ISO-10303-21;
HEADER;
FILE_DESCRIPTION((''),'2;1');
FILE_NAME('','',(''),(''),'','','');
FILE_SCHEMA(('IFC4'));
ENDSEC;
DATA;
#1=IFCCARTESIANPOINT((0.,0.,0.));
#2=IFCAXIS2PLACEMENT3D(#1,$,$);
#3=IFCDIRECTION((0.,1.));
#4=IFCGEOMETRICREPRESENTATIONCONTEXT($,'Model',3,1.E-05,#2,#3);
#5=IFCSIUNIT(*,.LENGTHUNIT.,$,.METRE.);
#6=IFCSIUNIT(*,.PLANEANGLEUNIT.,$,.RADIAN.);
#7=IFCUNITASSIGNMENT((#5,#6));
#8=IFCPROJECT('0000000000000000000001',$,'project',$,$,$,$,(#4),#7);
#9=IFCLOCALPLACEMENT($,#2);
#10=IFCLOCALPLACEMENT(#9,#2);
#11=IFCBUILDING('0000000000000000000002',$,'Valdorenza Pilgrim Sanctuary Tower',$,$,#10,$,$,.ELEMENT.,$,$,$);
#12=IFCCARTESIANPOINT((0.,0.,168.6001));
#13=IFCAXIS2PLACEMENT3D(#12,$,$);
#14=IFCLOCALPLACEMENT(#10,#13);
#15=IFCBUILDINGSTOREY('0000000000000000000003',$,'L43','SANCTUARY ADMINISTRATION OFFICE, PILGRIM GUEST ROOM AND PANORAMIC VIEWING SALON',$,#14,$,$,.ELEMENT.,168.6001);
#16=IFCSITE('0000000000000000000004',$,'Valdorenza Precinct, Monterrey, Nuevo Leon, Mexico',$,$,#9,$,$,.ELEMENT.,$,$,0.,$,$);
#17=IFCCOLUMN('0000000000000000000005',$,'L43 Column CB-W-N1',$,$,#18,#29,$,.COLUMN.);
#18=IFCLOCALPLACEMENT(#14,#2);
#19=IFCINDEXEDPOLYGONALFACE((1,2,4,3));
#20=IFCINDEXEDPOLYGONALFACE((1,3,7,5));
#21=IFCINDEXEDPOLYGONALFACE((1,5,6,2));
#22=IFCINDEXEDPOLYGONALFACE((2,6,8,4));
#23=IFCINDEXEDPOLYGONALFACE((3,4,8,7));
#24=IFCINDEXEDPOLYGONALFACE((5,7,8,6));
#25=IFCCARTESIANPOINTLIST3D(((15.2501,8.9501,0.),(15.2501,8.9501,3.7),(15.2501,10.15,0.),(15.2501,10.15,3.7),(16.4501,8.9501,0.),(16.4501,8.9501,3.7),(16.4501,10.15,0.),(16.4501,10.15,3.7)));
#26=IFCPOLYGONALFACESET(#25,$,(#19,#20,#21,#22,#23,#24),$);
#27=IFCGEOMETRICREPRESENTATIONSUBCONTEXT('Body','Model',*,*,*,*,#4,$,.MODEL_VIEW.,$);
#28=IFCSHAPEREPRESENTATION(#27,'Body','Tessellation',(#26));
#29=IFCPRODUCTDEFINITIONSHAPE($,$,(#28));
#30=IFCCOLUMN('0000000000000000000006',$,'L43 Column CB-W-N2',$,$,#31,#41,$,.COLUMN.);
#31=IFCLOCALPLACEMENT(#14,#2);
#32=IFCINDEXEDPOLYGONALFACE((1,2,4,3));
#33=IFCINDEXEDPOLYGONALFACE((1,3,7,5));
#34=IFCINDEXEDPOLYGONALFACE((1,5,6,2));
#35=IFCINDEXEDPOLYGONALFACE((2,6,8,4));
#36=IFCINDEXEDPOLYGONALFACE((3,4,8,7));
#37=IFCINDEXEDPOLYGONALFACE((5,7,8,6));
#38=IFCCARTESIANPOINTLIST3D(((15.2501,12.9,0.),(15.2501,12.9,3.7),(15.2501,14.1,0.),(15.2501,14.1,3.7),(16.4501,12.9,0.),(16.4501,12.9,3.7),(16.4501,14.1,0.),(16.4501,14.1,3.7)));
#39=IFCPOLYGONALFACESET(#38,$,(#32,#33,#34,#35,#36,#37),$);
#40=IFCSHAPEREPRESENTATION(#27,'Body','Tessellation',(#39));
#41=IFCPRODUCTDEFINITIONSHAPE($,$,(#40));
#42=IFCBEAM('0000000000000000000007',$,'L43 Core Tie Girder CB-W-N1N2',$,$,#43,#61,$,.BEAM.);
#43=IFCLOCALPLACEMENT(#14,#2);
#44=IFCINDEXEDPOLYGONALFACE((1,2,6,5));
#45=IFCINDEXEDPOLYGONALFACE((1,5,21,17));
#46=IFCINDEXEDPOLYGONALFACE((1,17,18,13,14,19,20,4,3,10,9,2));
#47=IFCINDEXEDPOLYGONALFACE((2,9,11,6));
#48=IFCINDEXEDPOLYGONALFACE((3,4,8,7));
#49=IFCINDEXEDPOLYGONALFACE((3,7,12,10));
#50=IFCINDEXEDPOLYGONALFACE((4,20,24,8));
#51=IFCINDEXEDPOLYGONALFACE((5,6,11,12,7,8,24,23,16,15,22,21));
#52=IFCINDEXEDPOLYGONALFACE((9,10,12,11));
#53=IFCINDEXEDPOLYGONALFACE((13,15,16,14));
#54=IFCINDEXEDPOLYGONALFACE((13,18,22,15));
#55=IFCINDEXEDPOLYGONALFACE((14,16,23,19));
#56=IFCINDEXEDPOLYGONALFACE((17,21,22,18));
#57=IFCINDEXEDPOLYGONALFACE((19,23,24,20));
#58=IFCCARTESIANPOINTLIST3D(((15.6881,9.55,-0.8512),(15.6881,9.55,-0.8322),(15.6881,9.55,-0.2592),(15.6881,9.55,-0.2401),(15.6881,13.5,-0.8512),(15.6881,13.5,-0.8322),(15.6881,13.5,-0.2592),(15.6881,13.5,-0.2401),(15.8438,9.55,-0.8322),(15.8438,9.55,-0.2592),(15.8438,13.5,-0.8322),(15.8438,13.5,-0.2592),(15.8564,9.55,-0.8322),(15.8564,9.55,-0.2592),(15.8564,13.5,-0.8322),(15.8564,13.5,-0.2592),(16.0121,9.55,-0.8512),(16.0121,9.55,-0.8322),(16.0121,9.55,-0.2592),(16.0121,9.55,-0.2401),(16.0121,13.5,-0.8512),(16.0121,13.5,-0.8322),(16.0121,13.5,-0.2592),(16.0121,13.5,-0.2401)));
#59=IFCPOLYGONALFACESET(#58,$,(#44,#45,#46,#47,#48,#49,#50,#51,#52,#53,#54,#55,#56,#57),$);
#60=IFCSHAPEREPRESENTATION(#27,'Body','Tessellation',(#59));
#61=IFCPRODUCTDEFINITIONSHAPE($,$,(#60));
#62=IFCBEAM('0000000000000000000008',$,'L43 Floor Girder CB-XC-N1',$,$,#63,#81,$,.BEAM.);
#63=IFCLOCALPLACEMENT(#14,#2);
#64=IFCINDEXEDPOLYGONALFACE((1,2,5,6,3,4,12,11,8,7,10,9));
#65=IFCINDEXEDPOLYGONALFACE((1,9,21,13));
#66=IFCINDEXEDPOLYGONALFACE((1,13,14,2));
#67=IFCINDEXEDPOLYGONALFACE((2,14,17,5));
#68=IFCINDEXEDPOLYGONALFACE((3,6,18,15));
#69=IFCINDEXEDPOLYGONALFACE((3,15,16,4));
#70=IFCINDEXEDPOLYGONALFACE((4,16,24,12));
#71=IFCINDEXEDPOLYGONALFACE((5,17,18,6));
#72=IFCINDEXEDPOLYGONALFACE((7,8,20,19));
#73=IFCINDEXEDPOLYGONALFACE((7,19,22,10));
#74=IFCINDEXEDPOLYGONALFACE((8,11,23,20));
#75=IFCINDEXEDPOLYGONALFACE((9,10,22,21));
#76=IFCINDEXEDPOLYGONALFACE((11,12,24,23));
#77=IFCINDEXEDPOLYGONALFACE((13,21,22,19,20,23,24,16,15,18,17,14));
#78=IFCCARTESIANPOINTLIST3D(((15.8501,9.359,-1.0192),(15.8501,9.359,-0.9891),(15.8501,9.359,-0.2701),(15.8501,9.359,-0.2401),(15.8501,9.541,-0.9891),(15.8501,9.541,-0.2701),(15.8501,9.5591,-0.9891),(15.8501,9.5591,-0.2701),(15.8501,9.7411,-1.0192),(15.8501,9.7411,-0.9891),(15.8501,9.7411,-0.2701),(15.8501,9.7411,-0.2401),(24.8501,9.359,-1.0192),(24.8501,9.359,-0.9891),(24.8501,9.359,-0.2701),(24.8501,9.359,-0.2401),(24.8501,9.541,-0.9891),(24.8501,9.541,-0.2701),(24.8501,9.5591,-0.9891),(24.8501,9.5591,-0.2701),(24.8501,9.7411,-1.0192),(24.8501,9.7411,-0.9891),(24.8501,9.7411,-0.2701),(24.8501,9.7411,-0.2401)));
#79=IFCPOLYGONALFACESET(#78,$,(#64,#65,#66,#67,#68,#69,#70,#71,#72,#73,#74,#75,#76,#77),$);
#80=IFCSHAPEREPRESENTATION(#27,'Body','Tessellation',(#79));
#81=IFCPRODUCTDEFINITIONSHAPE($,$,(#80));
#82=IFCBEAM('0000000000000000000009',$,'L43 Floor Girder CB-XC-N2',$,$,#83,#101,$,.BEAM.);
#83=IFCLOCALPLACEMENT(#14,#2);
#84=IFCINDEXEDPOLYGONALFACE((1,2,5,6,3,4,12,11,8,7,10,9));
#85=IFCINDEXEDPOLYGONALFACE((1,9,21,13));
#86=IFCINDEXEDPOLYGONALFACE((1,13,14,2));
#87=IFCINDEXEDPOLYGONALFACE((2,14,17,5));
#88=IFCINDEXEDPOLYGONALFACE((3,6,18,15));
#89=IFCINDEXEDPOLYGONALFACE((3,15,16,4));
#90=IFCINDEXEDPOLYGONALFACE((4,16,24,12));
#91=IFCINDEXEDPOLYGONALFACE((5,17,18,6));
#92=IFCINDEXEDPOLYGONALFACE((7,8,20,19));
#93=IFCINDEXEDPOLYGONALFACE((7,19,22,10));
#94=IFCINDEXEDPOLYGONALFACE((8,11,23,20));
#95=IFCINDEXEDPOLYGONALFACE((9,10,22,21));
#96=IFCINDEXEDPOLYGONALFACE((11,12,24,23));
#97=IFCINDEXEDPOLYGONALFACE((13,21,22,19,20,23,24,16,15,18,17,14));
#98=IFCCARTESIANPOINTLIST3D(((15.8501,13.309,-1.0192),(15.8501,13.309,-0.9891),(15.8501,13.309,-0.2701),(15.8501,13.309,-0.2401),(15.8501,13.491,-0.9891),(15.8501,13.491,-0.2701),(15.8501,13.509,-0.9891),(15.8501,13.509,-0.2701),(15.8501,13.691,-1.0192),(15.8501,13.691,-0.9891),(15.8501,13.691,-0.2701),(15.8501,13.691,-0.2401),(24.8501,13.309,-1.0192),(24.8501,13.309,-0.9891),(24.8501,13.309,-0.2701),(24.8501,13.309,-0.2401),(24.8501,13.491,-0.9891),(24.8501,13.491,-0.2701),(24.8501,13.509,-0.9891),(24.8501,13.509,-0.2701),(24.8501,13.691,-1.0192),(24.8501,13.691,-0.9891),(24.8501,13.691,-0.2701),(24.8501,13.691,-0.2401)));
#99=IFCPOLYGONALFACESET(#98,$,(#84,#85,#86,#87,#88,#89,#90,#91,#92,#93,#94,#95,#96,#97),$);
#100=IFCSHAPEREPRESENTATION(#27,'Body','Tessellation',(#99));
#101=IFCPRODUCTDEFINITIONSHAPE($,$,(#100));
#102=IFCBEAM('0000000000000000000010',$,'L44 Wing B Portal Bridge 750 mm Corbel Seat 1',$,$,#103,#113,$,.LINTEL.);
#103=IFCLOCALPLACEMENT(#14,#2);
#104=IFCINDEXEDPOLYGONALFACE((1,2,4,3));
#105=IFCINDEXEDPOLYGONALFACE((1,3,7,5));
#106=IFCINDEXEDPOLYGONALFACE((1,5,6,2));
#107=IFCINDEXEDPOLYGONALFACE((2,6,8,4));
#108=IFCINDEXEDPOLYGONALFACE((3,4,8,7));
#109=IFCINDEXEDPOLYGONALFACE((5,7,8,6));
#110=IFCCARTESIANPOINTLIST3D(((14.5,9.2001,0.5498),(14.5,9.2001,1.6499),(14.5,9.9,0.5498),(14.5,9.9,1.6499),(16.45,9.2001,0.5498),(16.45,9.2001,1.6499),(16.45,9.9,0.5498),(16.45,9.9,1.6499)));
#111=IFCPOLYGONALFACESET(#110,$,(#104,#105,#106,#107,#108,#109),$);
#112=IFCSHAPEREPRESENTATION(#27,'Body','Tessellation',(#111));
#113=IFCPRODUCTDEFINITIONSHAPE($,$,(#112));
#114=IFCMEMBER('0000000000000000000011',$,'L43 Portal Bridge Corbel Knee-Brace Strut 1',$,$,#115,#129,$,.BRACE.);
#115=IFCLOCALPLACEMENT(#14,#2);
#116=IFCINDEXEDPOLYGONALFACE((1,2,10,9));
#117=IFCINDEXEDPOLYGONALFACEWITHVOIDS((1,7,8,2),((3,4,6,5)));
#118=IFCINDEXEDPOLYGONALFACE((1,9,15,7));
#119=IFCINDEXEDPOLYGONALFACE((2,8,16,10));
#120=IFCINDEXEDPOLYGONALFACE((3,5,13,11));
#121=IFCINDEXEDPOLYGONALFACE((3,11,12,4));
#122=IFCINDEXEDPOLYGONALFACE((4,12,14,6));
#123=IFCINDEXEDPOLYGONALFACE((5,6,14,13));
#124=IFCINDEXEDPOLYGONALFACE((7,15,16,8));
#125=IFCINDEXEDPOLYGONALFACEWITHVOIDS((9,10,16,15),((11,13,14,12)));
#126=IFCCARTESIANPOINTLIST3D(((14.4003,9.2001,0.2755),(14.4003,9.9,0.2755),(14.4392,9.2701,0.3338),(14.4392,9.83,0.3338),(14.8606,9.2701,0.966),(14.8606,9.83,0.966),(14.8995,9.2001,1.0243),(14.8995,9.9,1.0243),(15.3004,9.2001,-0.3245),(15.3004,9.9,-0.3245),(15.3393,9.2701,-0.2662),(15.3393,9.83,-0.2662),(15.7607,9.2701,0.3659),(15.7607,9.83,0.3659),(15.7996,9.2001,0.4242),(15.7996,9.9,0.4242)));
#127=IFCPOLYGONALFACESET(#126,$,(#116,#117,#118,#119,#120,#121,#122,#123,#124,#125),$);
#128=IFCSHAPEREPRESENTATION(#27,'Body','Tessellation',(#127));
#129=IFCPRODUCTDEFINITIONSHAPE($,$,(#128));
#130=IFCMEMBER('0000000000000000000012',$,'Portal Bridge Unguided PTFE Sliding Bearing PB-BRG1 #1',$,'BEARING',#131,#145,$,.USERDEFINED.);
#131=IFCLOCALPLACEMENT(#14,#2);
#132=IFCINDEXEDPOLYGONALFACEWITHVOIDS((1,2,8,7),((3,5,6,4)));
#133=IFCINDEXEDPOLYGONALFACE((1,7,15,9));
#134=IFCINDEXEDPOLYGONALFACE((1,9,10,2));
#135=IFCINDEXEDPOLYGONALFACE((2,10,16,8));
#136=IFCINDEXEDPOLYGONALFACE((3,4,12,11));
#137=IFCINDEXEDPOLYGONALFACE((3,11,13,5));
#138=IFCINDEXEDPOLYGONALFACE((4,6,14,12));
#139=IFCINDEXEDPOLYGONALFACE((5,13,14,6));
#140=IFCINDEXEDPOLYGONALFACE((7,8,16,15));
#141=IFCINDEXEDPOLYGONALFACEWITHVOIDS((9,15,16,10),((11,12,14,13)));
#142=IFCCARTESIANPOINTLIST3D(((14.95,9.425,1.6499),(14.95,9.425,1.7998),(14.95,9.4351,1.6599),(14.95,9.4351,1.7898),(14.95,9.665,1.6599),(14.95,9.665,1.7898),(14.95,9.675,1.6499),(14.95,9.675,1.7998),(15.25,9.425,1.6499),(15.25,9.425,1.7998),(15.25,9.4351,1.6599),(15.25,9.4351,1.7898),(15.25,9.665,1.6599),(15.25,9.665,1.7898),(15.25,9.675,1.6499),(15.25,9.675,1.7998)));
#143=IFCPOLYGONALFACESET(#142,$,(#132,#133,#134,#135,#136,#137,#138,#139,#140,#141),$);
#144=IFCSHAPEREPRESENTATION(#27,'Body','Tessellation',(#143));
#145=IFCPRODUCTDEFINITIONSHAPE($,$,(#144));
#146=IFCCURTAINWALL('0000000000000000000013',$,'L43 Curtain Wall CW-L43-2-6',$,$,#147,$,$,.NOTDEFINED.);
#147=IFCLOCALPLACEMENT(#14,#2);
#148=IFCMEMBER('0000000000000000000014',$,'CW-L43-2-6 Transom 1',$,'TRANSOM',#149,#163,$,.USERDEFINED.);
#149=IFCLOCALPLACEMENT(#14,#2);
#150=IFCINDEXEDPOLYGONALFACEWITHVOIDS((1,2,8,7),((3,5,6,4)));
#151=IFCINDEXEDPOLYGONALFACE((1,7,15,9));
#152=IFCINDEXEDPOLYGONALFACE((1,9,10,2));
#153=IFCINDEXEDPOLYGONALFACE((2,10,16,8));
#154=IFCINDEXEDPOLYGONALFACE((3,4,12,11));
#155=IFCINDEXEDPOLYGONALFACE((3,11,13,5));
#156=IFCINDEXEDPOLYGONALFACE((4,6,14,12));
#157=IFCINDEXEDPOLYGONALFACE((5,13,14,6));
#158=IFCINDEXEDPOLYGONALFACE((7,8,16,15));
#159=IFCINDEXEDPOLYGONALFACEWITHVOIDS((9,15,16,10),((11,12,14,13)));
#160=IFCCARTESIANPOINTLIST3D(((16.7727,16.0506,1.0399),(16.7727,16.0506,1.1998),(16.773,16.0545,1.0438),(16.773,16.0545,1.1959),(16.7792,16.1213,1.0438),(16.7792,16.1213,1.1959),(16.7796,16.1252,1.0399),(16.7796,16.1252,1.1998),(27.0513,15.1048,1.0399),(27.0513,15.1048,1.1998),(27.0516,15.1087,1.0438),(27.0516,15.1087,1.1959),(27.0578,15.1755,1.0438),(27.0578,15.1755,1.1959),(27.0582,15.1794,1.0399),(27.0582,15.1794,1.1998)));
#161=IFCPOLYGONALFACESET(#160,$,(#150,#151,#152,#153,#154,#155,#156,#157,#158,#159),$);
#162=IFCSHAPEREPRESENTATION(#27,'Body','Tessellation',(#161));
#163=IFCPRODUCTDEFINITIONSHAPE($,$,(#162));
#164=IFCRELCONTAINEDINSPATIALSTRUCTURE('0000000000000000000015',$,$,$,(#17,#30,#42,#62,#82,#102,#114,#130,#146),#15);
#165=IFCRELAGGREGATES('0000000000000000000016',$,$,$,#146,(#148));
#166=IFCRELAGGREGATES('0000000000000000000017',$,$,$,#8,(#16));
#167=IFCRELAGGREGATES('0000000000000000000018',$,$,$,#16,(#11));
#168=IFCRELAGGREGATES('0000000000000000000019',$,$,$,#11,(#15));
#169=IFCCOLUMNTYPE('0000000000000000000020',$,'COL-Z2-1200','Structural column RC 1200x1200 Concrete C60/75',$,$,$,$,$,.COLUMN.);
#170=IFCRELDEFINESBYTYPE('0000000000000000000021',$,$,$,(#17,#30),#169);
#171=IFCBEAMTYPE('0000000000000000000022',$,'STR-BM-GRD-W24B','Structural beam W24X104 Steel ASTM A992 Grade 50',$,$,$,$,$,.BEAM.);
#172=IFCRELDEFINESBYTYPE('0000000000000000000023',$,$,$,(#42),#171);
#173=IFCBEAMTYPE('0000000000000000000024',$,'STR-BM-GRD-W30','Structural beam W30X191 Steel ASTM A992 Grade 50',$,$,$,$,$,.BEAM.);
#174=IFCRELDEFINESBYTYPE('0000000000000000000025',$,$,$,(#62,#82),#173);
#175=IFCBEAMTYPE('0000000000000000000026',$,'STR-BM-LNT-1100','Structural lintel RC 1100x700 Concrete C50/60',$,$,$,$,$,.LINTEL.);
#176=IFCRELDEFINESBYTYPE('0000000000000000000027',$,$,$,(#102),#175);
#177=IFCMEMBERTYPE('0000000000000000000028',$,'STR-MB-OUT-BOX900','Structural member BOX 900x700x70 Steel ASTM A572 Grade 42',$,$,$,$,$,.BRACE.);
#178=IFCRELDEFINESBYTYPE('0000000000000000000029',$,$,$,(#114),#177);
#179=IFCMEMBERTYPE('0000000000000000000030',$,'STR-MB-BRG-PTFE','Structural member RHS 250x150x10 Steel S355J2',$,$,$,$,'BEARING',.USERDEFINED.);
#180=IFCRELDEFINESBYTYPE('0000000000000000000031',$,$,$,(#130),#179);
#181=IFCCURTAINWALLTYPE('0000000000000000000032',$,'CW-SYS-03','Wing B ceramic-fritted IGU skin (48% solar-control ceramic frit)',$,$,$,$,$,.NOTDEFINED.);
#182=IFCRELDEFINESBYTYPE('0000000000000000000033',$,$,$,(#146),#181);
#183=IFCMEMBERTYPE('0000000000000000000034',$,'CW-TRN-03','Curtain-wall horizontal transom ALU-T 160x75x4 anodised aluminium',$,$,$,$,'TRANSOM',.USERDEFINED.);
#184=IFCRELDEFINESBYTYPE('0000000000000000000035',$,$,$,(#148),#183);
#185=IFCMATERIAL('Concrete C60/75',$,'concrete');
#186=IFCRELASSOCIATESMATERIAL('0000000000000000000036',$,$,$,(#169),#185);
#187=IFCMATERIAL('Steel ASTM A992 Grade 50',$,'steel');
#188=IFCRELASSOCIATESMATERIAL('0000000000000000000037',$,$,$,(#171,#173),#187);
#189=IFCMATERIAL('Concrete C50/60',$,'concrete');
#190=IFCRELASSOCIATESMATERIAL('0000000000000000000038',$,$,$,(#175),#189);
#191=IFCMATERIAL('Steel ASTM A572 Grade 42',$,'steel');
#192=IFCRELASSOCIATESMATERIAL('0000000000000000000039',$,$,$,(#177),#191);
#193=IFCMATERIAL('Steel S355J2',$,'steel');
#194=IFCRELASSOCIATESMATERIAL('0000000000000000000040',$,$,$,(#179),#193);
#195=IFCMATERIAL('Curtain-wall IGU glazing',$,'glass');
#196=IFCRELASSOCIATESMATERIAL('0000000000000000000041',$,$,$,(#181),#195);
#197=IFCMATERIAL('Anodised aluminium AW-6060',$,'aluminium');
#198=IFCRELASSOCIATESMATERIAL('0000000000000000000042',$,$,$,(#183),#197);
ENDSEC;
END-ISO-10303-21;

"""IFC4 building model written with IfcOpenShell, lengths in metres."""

from ifc_helpers import new_model, si_unit, direction, frame, origin, origin_2d, place, context, subcontext, project, spatial, rectangle, hollow_rectangle, i_section, extrude, source, transform, mapped, material, material_profile, profile_set, type_object, element, aggregate, save


model = new_model("IFC4")

# Units and contexts
model_context = context("Model", 3, precision=1e-05, world=origin(), true_north=direction((0.0, 1.0)))
body_context = subcontext(model_context, "Body", "Model", "MODEL_VIEW")
ifc_project = project(units=[si_unit("LENGTHUNIT", "METRE"), si_unit("PLANEANGLEUNIT", "RADIAN")], contexts=[model_context])

# Site, building, storey
site_placement = place(None, origin())
site = spatial("IfcSite", under=ifc_project, at=site_placement, Name="Valdorenza Precinct, Monterrey, Nuevo Leon, Mexico", CompositionType="ELEMENT", RefElevation=0.0)
building_placement = place(site_placement, origin())
building = spatial("IfcBuilding", under=site, at=building_placement, Name="Valdorenza Pilgrim Sanctuary Tower", CompositionType="ELEMENT")
storey_placement = place(building_placement, frame((0.0, 0.0, 168.6001)))
storey = spatial("IfcBuildingStorey", under=building, at=storey_placement, Name="L43", Description="SANCTUARY ADMINISTRATION OFFICE, PILGRIM GUEST ROOM AND PANORAMIC VIEWING SALON", CompositionType="ELEMENT", Elevation=168.6001)

# Columns
ifc_material_1 = material(Name="Concrete C60/75", Category="concrete")
ifc_material_profile_1 = material_profile(ifc_material_1, rectangle(XDim=1.2, YDim=1.2, at=origin_2d()), Name="RC 1200x1200")
ifc_profile_set_1 = profile_set([ifc_material_profile_1], Name="Concrete C60/75")
column_type = type_object("IfcColumnType", Name="COL-Z2-1200", Description="Structural column RC 1200x1200 Concrete C60/75", PredefinedType="COLUMN", material=ifc_profile_set_1)
shared_shape_1 = source(origin(), body_context, "Body", "SweptSolid", [
    extrude(rectangle(XDim=1.2, YDim=1.2, at=origin_2d()), origin(), (0.0, 0.0, 1.0), 3.7),
])
for number, where, z_axis, x_axis, name in (
    (1, (15.8501, 9.55, 0.0), (0.0, 0.0, 1.0), (1.0, 0.0, 0.0), "L43 Column CB-W-N1"),
    (2, (15.8501, 13.5, 0.0), (0.0, 0.0, 1.0), (1.0, 0.0, 0.0), "L43 Column CB-W-N2"),
):
    element("IfcColumn", number, at=place(storey_placement, frame(where, z_axis=z_axis, x_axis=x_axis)), inside=storey, type_object=column_type, Name=name, PredefinedType="COLUMN", context=body_context, shape_type="MappedRepresentation", body=[
        mapped(shared_shape_1, transform((0.0, 0.0, 0.0), x_axis=(1.0, 0.0, 0.0), y_axis=(0.0, 1.0, 0.0), z_axis=(0.0, 0.0, 1.0), scale=1.0)),
    ])

# Beams
ifc_material_2 = material(Name="Steel ASTM A992 Grade 50", Category="steel")
ifc_material_profile_2 = material_profile(ifc_material_2, i_section(OverallWidth=0.324, OverallDepth=0.6111, WebThickness=0.0127, FlangeThickness=0.019, at=origin_2d()), Name="W24X104")
ifc_profile_set_2 = profile_set([ifc_material_profile_2], Name="Steel ASTM A992 Grade 50")
beam_type_1 = type_object("IfcBeamType", Name="STR-BM-GRD-W24B", Description="Structural beam W24X104 Steel ASTM A992 Grade 50", PredefinedType="BEAM", material=ifc_profile_set_2)
shared_shape_2 = source(origin(), body_context, "Body", "SweptSolid", [
    extrude(i_section(OverallWidth=0.324, OverallDepth=0.6111, WebThickness=0.0127, FlangeThickness=0.019, at=origin_2d()), origin(), (0.0, 0.0, 1.0), 3.95),
])
beam_1_placement = place(storey_placement, frame((15.8501, 9.55, -0.5457), z_axis=(0.0, 1.0, 0.0), x_axis=(-1.0, 0.0, 0.0)))
element("IfcBeam", 3, at=beam_1_placement, inside=storey, type_object=beam_type_1, Name="L43 Core Tie Girder CB-W-N1N2", PredefinedType="BEAM", context=body_context, shape_type="MappedRepresentation", body=[
    mapped(shared_shape_2, transform((0.0, 0.0, 0.0), x_axis=(1.0, 0.0, 0.0), y_axis=(0.0, 1.0, 0.0), z_axis=(0.0, 0.0, 1.0), scale=1.0)),
])
ifc_material_profile_3 = material_profile(ifc_material_2, i_section(OverallWidth=0.3821, OverallDepth=0.7791, WebThickness=0.0181, FlangeThickness=0.03, at=origin_2d()), Name="W30X191")
ifc_profile_set_3 = profile_set([ifc_material_profile_3], Name="Steel ASTM A992 Grade 50")
beam_type_2 = type_object("IfcBeamType", Name="STR-BM-GRD-W30", Description="Structural beam W30X191 Steel ASTM A992 Grade 50", PredefinedType="BEAM", material=ifc_profile_set_3)
shared_shape_3 = source(origin(), body_context, "Body", "SweptSolid", [
    extrude(i_section(OverallWidth=0.3821, OverallDepth=0.7791, WebThickness=0.0181, FlangeThickness=0.03, at=origin_2d()), origin(), (0.0, 0.0, 1.0), 9.0),
])
for number, where, z_axis, x_axis, name in (
    (4, (15.8501, 9.55, -0.6296), (1.0, 0.0, 0.0), (0.0, 1.0, 0.0), "L43 Floor Girder CB-XC-N1"),
    (5, (15.8501, 13.5, -0.6296), (1.0, 0.0, 0.0), (0.0, 1.0, 0.0), "L43 Floor Girder CB-XC-N2"),
):
    element("IfcBeam", number, at=place(storey_placement, frame(where, z_axis=z_axis, x_axis=x_axis)), inside=storey, type_object=beam_type_2, Name=name, PredefinedType="BEAM", context=body_context, shape_type="MappedRepresentation", body=[
        mapped(shared_shape_3, transform((0.0, 0.0, 0.0), x_axis=(1.0, 0.0, 0.0), y_axis=(0.0, 1.0, 0.0), z_axis=(0.0, 0.0, 1.0), scale=1.0)),
    ])
ifc_material_3 = material(Name="Concrete C50/60", Category="concrete")
ifc_material_profile_4 = material_profile(ifc_material_3, rectangle(XDim=0.7, YDim=1.1001, at=origin_2d()), Name="RC 1100x700")
ifc_profile_set_4 = profile_set([ifc_material_profile_4], Name="Concrete C50/60")
beam_type_3 = type_object("IfcBeamType", Name="STR-BM-LNT-1100", Description="Structural lintel RC 1100x700 Concrete C50/60", PredefinedType="LINTEL", material=ifc_profile_set_4)
shared_shape_4 = source(origin(), body_context, "Body", "SweptSolid", [
    extrude(rectangle(XDim=0.7, YDim=1.1001, at=origin_2d()), origin(), (0.0, 0.0, 1.0), 1.95),
])
beam_2_placement = place(storey_placement, frame((14.5, 9.55, 1.0999), z_axis=(1.0, 0.0, 0.0), x_axis=(0.0, 1.0, 0.0)))
element("IfcBeam", 6, at=beam_2_placement, inside=storey, type_object=beam_type_3, Name="L44 Wing B Portal Bridge 750 mm Corbel Seat 1", PredefinedType="LINTEL", context=body_context, shape_type="MappedRepresentation", body=[
    mapped(shared_shape_4, transform((0.0, 0.0, 0.0), x_axis=(1.0, 0.0, 0.0), y_axis=(0.0, 1.0, 0.0), z_axis=(0.0, 0.0, 1.0), scale=1.0)),
])

# Members
ifc_material_4 = material(Name="Steel ASTM A572 Grade 42", Category="steel")
ifc_material_profile_5 = material_profile(ifc_material_4, hollow_rectangle(XDim=0.7, YDim=0.8999, WallThickness=0.0701, at=origin_2d()), Name="BOX 900x700x70")
ifc_profile_set_5 = profile_set([ifc_material_profile_5], Name="Steel ASTM A572 Grade 42")
member_type_1 = type_object("IfcMemberType", Name="STR-MB-OUT-BOX900", Description="Structural member BOX 900x700x70 Steel ASTM A572 Grade 42", PredefinedType="BRACE", material=ifc_profile_set_5)
shared_shape_5 = source(origin(), body_context, "Body", "SweptSolid", [
    extrude(hollow_rectangle(XDim=0.7, YDim=0.8999, WallThickness=0.0701, at=origin_2d()), origin(), (0.0, 0.0, 1.0), 1.0818),
])
member_1_placement = place(storey_placement, frame((14.6499, 9.55, 0.6499), z_axis=(0.83205, 0.0, -0.5547), x_axis=(0.0, 1.0, 0.0)))
element("IfcMember", 7, at=member_1_placement, inside=storey, type_object=member_type_1, Name="L43 Portal Bridge Corbel Knee-Brace Strut 1", PredefinedType="BRACE", context=body_context, shape_type="MappedRepresentation", body=[
    mapped(shared_shape_5, transform((0.0, 0.0, 0.0), x_axis=(1.0, 0.0, 0.0), y_axis=(0.0, 1.0, 0.0), z_axis=(0.0, 0.0, 1.0), scale=1.0)),
])
ifc_material_5 = material(Name="Steel S355J2", Category="steel")
ifc_material_profile_6 = material_profile(ifc_material_5, hollow_rectangle(XDim=0.1499, YDim=0.25, WallThickness=0.01, at=origin_2d()), Name="RHS 250x150x10")
ifc_profile_set_6 = profile_set([ifc_material_profile_6], Name="Steel S355J2")
member_type_2 = type_object("IfcMemberType", Name="STR-MB-BRG-PTFE", Description="Structural member RHS 250x150x10 Steel S355J2", ElementType="BEARING", PredefinedType="USERDEFINED", material=ifc_profile_set_6)
shared_shape_6 = source(origin(), body_context, "Body", "SweptSolid", [
    extrude(hollow_rectangle(XDim=0.1499, YDim=0.25, WallThickness=0.01, at=origin_2d()), origin(), (0.0, 0.0, 1.0), 0.3),
])
member_2_placement = place(storey_placement, frame((14.95, 9.55, 1.7249), z_axis=(1.0, 0.0, 0.0), x_axis=(0.0, 0.0, 1.0)))
element("IfcMember", 8, at=member_2_placement, inside=storey, type_object=member_type_2, Name="Portal Bridge Unguided PTFE Sliding Bearing PB-BRG1 #1", ObjectType="BEARING", PredefinedType="USERDEFINED", context=body_context, shape_type="MappedRepresentation", body=[
    mapped(shared_shape_6, transform((0.0, 0.0, 0.0), x_axis=(1.0, 0.0, 0.0), y_axis=(0.0, 1.0, 0.0), z_axis=(0.0, 0.0, 1.0), scale=1.0)),
])

# Curtain wall, member
ifc_material_6 = material(Name="Curtain-wall IGU glazing", Category="glass")
curtain_wall_type = type_object("IfcCurtainWallType", Name="CW-SYS-03", Description="Wing B ceramic-fritted IGU skin (48% solar-control ceramic frit)", PredefinedType="NOTDEFINED", material=ifc_material_6)
curtain_wall_1_placement = place(storey_placement, origin())
curtain_wall_1 = element("IfcCurtainWall", 9, at=curtain_wall_1_placement, inside=storey, type_object=curtain_wall_type, Name="L43 Curtain Wall CW-L43-2-6", PredefinedType="NOTDEFINED")
ifc_material_7 = material(Name="Anodised aluminium AW-6060", Category="aluminium")
ifc_material_profile_7 = material_profile(ifc_material_7, hollow_rectangle(XDim=0.075, YDim=0.1599, WallThickness=0.0039, at=origin_2d()), Name="ALU-T 160x75x4")
ifc_profile_set_7 = profile_set([ifc_material_profile_7], Name="Anodised aluminium AW-6060")
member_type_3 = type_object("IfcMemberType", Name="CW-TRN-03", Description="Curtain-wall horizontal transom ALU-T 160x75x4 anodised aluminium", ElementType="TRANSOM", PredefinedType="USERDEFINED", material=ifc_profile_set_7)
shared_shape_7 = source(origin(), body_context, "Body", "SweptSolid", [
    extrude(hollow_rectangle(XDim=0.075, YDim=0.1599, WallThickness=0.0039, at=origin_2d()), origin(), (0.0, 0.0, 1.0), 10.322),
])
member_3_placement = place(storey_placement, frame((16.7761, 16.0879, 1.1199), z_axis=(0.995793, -0.09163, 0.0), x_axis=(0.09163, 0.995793, 0.0)))
member_3 = element("IfcMember", 10, at=member_3_placement, type_object=member_type_3, Name="CW-L43-2-6 Transom 1", ObjectType="TRANSOM", PredefinedType="USERDEFINED", context=body_context, shape_type="MappedRepresentation", body=[
    mapped(shared_shape_7, transform((0.0, 0.0, 0.0), x_axis=(1.0, 0.0, 0.0), y_axis=(0.0, 1.0, 0.0), z_axis=(0.0, 0.0, 1.0), scale=1.0)),
])

aggregate(curtain_wall_1, [member_3])

save(model, "model.ifc")
